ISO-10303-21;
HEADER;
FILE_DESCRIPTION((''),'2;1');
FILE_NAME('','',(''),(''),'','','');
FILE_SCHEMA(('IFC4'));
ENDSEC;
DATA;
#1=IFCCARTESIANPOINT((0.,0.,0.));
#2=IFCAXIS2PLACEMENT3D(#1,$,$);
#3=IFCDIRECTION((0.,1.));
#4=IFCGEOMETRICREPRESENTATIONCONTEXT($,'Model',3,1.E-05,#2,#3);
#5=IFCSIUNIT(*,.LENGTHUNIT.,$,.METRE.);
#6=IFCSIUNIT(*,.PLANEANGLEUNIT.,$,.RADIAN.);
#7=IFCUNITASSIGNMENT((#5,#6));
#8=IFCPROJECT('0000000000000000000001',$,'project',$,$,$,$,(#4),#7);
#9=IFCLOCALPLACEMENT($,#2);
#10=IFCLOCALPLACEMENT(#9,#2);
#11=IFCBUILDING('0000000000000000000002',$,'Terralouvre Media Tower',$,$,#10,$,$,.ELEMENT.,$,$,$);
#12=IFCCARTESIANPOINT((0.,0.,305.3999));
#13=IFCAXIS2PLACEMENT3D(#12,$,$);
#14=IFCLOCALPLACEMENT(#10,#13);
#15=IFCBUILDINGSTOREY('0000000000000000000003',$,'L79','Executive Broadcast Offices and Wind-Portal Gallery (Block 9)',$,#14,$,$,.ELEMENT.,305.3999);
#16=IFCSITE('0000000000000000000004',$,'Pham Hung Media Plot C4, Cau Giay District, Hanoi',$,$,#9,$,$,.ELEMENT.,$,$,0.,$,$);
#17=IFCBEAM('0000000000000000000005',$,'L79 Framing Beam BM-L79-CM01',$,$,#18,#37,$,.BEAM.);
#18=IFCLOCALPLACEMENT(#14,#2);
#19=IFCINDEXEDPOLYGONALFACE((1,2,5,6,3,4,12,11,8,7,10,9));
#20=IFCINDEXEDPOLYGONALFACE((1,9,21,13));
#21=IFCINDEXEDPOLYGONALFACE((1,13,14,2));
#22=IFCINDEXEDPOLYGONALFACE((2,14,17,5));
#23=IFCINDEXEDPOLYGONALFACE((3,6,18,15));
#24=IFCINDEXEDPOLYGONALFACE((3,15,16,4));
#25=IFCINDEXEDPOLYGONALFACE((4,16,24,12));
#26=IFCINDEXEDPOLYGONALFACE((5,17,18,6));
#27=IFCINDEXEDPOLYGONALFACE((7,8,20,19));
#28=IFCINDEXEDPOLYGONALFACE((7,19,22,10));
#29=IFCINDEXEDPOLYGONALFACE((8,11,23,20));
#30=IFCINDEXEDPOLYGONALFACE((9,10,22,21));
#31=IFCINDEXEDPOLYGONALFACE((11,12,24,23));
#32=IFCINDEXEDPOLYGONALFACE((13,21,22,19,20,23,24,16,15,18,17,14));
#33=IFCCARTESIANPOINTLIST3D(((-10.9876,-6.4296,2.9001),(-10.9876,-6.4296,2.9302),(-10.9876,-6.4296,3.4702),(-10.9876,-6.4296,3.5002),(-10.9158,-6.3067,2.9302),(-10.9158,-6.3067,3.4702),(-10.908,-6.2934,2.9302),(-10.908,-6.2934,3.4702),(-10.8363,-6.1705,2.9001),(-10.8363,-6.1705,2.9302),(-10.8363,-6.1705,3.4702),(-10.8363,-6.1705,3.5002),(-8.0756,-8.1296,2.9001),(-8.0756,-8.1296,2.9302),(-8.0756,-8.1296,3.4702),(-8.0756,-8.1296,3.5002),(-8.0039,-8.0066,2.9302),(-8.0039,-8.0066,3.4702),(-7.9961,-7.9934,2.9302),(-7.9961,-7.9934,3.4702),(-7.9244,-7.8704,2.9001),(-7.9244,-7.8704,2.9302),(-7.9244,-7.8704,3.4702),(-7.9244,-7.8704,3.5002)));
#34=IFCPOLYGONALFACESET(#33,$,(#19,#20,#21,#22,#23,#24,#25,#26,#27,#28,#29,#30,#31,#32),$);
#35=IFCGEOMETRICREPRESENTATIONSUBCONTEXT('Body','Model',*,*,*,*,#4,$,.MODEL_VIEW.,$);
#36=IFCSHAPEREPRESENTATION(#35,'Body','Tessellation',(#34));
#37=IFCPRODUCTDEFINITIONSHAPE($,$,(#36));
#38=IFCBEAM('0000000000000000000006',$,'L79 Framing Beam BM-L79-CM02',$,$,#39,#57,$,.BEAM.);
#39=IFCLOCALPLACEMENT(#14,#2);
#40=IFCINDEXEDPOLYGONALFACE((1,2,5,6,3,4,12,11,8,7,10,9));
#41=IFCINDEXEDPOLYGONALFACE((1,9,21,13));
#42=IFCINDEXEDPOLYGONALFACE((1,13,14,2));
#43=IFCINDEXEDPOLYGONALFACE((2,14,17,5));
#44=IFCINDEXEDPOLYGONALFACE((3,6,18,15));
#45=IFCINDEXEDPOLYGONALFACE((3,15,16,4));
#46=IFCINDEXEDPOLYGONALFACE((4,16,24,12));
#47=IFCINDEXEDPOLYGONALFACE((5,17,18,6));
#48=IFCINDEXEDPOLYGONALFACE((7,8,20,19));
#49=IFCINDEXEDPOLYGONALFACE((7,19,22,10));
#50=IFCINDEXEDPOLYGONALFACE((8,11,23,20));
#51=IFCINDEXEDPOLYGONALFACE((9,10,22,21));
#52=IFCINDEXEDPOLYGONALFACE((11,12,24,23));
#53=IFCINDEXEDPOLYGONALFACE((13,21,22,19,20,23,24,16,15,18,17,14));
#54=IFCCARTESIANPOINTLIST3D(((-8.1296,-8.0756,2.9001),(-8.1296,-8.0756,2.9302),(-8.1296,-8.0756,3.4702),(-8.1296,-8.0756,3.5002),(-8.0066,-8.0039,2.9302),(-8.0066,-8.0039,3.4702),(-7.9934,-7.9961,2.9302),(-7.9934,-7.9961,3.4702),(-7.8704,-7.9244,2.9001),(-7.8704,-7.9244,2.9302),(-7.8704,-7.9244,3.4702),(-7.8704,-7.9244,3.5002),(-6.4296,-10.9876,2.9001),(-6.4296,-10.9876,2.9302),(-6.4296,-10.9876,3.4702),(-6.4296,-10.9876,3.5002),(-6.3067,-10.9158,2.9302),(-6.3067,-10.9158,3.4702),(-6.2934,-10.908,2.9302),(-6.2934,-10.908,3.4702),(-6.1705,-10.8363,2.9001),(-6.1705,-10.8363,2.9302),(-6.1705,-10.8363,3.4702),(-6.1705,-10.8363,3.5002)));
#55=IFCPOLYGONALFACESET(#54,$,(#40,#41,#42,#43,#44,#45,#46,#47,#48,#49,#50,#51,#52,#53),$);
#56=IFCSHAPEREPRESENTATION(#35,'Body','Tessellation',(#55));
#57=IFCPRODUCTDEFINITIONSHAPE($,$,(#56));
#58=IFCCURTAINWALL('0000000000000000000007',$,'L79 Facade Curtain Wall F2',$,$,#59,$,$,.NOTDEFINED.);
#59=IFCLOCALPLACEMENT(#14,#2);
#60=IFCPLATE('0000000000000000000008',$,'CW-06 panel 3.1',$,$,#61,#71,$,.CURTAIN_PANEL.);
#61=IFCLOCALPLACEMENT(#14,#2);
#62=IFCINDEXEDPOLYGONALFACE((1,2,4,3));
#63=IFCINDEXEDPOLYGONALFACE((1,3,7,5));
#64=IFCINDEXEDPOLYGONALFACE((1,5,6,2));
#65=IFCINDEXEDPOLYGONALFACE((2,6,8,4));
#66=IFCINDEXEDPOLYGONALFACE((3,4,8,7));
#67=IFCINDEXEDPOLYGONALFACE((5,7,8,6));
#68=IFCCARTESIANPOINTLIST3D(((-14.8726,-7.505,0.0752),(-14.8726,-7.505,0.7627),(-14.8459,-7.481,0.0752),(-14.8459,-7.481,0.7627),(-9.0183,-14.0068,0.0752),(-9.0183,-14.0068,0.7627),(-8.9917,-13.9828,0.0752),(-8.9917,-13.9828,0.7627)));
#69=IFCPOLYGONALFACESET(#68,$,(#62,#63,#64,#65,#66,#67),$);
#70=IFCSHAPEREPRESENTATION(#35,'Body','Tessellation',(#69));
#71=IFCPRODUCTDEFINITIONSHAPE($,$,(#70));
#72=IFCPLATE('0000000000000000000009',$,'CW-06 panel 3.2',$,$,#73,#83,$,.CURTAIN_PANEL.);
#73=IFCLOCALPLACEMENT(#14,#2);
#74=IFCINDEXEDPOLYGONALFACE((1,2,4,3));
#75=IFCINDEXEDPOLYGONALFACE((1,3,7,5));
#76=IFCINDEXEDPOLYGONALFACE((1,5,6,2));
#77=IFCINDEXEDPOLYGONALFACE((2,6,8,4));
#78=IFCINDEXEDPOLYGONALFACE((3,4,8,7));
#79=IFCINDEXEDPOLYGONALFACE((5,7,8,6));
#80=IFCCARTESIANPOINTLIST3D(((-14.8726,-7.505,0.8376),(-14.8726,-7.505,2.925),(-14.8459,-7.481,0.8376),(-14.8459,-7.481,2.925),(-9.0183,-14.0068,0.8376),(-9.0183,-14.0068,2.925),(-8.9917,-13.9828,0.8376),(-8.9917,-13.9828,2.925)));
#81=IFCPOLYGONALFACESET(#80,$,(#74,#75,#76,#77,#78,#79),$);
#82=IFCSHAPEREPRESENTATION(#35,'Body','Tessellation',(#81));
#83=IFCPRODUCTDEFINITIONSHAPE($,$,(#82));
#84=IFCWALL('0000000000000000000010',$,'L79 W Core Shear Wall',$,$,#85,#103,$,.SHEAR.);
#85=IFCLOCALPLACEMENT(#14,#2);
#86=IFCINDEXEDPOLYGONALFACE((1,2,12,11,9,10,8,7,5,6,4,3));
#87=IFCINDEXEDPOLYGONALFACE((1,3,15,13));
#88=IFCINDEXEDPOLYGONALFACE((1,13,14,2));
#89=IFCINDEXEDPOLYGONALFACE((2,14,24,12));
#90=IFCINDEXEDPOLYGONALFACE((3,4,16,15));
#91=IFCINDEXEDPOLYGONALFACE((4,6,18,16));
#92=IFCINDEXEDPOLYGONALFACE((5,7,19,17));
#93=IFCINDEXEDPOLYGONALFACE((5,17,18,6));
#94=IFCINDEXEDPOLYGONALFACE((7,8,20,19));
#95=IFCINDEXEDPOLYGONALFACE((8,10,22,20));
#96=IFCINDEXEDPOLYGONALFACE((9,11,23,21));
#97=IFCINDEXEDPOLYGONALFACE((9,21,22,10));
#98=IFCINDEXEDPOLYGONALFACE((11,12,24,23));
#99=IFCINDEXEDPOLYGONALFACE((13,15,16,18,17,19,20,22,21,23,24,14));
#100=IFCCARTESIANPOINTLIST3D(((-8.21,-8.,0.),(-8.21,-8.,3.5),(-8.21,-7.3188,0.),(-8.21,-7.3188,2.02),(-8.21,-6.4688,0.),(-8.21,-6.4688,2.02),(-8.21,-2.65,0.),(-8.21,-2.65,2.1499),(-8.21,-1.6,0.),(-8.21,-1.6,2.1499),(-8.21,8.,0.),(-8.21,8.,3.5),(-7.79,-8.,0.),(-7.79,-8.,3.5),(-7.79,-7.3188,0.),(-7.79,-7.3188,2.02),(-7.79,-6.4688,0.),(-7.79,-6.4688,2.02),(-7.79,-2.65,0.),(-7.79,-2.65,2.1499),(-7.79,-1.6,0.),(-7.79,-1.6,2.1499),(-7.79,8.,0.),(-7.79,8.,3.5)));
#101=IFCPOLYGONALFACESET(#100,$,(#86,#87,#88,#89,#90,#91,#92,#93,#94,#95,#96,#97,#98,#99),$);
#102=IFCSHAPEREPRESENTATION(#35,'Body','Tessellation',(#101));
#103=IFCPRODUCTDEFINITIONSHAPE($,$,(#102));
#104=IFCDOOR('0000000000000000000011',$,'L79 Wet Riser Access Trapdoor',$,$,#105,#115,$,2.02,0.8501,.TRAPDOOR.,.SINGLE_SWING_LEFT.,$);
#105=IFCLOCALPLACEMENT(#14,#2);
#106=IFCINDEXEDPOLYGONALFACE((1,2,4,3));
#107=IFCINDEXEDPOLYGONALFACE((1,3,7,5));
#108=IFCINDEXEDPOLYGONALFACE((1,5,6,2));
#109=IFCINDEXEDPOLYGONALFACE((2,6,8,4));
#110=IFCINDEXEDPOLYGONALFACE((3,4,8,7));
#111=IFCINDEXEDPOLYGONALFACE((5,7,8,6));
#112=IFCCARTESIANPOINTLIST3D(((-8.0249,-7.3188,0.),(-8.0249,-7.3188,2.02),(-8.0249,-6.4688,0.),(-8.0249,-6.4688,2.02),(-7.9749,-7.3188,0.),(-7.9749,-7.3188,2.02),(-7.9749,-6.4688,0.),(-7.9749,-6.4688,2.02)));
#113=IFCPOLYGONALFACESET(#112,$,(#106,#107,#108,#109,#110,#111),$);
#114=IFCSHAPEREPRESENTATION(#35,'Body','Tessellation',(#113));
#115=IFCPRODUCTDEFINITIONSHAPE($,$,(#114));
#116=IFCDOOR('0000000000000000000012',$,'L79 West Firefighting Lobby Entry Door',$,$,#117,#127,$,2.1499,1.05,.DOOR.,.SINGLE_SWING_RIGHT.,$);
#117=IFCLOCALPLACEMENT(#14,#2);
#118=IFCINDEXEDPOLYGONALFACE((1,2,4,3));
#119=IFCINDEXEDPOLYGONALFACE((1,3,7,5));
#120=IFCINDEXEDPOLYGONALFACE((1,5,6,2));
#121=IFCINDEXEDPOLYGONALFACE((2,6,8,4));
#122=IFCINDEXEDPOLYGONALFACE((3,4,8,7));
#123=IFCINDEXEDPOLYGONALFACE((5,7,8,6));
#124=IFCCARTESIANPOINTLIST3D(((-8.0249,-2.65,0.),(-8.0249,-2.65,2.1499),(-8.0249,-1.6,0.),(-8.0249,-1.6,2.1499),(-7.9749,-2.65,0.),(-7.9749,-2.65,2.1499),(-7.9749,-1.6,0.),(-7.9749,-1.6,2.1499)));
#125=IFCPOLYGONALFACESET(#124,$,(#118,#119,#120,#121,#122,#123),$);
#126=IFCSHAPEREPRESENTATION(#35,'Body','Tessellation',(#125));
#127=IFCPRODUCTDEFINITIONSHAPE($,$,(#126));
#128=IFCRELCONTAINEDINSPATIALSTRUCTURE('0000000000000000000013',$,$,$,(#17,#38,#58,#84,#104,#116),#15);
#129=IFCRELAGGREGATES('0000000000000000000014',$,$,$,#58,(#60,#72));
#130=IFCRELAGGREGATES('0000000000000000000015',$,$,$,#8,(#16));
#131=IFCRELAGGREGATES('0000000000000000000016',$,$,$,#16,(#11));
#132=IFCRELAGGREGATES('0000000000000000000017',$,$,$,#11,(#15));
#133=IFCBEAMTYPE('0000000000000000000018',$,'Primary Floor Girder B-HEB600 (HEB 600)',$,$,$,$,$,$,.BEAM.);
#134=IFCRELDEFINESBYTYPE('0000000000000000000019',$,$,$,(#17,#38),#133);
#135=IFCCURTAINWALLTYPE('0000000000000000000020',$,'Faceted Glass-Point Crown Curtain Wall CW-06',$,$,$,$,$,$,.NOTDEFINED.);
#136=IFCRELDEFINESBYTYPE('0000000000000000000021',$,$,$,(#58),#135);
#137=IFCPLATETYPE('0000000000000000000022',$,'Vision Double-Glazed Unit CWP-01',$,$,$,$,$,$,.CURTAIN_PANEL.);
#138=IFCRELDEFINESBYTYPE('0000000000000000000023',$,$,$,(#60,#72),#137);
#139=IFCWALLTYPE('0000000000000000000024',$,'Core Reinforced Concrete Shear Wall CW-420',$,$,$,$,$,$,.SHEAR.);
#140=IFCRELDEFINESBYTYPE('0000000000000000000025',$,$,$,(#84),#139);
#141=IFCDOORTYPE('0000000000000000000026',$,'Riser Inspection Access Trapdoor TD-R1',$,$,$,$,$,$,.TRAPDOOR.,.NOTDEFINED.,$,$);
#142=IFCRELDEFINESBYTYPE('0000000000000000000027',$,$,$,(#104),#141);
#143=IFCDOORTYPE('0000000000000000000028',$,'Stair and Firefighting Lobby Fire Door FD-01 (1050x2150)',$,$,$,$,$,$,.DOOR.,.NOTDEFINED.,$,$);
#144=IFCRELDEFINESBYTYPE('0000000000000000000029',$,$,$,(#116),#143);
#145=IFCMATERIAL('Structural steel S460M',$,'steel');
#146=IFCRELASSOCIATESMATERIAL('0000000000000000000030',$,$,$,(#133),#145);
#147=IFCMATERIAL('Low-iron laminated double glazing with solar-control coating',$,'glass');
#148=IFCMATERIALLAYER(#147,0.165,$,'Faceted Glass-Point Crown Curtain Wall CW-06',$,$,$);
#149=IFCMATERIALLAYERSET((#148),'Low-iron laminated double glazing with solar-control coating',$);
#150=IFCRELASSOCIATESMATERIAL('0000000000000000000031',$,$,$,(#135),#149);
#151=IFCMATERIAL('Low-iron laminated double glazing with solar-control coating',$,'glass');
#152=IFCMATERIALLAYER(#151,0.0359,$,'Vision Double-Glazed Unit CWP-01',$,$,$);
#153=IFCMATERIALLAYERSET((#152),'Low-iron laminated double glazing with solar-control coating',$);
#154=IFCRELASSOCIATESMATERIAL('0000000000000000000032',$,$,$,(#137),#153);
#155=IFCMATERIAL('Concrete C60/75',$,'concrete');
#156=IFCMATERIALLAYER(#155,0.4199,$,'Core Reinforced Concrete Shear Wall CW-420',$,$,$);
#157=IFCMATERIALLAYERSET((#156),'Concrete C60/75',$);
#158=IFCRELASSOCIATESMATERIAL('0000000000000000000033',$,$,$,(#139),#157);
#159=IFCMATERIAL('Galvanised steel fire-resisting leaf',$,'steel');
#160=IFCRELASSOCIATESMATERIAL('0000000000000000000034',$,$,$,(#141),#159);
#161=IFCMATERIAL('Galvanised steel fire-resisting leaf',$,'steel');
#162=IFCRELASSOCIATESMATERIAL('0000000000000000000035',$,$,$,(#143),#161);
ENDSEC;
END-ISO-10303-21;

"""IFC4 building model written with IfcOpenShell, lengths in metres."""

from ifc_helpers import new_model, si_unit, direction, frame, frame_2d, origin, origin_2d, place, context, subcontext, project, spatial, rectangle, i_section, extrude, material, layer, layer_set, material_profile, profile_set, type_object, element, fill, aggregate, save


model = new_model("IFC4")

# Units and contexts
model_context = context("Model", 3, precision=1e-05, world=origin(), true_north=direction((0.0, 1.0)))
body_context = subcontext(model_context, "Body", "Model", "MODEL_VIEW")
ifc_project = project(units=[si_unit("LENGTHUNIT", "METRE"), si_unit("PLANEANGLEUNIT", "RADIAN")], contexts=[model_context])

# Site, building, storey
site_placement = place(None, origin())
site = spatial("IfcSite", under=ifc_project, at=site_placement, Name="Pham Hung Media Plot C4, Cau Giay District, Hanoi", CompositionType="ELEMENT", RefElevation=0.0)
building_placement = place(site_placement, origin())
building = spatial("IfcBuilding", under=site, at=building_placement, Name="Terralouvre Media Tower", CompositionType="ELEMENT")
storey_placement = place(building_placement, frame((0.0, 0.0, 305.3999)))
storey = spatial("IfcBuildingStorey", under=building, at=storey_placement, Name="L79", Description="Executive Broadcast Offices and Wind-Portal Gallery (Block 9)", CompositionType="ELEMENT", Elevation=305.3999)

# Beams
ifc_material_1 = material(Name="Structural steel S460M", Category="steel")
ifc_material_profile_1 = material_profile(ifc_material_1, i_section(OverallWidth=0.3, OverallDepth=0.6001, WebThickness=0.0154, FlangeThickness=0.03, at=origin_2d()), Name="HEB 600")
ifc_profile_set_1 = profile_set([ifc_material_profile_1], Name="Structural steel S460M")
beam_type_1 = type_object("IfcBeamType", Name="Primary Floor Girder B-HEB600 (HEB 600)", PredefinedType="BEAM", material=ifc_profile_set_1)
for number, where, z_axis, x_axis, name in (
    (1, (-8.0, -8.0, 3.2002), (-0.863603, 0.504173, 0.0), (-0.504173, -0.863603, 0.0), "L79 Framing Beam BM-L79-CM01"),
    (2, (-8.0, -8.0, 3.2002), (0.504173, -0.863603, 0.0), (0.863603, 0.504173, 0.0), "L79 Framing Beam BM-L79-CM02"),
):
    element("IfcBeam", number, at=place(storey_placement, frame(where, z_axis=z_axis, x_axis=x_axis)), inside=storey, type_object=beam_type_1, Name=name, PredefinedType="BEAM", context=body_context, shape_type="SweptSolid", body=[
        extrude(i_section(OverallWidth=0.3, OverallDepth=0.6001, WebThickness=0.0154, FlangeThickness=0.03, at=origin_2d()), origin(), (0.0, 0.0, 1.0), 3.3718),
    ])

# Curtain wall, plates
ifc_material_2 = material(Name="Low-iron laminated double glazing with solar-control coating", Category="glass")
ifc_layer_1 = layer(ifc_material_2, 0.165, Name="Faceted Glass-Point Crown Curtain Wall CW-06")
ifc_layer_set_1 = layer_set([ifc_layer_1], Name="Low-iron laminated double glazing with solar-control coating")
curtain_wall_type = type_object("IfcCurtainWallType", Name="Faceted Glass-Point Crown Curtain Wall CW-06", PredefinedType="NOTDEFINED", material=ifc_layer_set_1)
curtain_wall_placement = place(storey_placement, origin())
curtain_wall = element("IfcCurtainWall", 3, at=curtain_wall_placement, inside=storey, type_object=curtain_wall_type, Name="L79 Facade Curtain Wall F2", PredefinedType="NOTDEFINED")
ifc_material_3 = material(Name="Low-iron laminated double glazing with solar-control coating", Category="glass")
ifc_layer_2 = layer(ifc_material_3, 0.0359, Name="Vision Double-Glazed Unit CWP-01")
ifc_layer_set_2 = layer_set([ifc_layer_2], Name="Low-iron laminated double glazing with solar-control coating")
plate_type = type_object("IfcPlateType", Name="Vision Double-Glazed Unit CWP-01", PredefinedType="CURTAIN_PANEL", material=ifc_layer_set_2)
plate_1_placement = place(storey_placement, frame((-11.9321, -10.7439, 0.0752), z_axis=(0.0, 0.0, 1.0), x_axis=(0.669131, -0.743145, 0.0)))
plate_1 = element("IfcPlate", 4, at=plate_1_placement, type_object=plate_type, Name="CW-06 panel 3.1", PredefinedType="CURTAIN_PANEL", context=body_context, shape_type="SweptSolid", body=[
    extrude(rectangle(XDim=8.749, YDim=0.0359, at=origin_2d()), origin(), (0.0, 0.0, 1.0), 0.6875),
])
plate_2_placement = place(storey_placement, frame((-11.9321, -10.7439, 0.8376), z_axis=(0.0, 0.0, 1.0), x_axis=(0.669131, -0.743145, 0.0)))
plate_2 = element("IfcPlate", 5, at=plate_2_placement, type_object=plate_type, Name="CW-06 panel 3.2", PredefinedType="CURTAIN_PANEL", context=body_context, shape_type="SweptSolid", body=[
    extrude(rectangle(XDim=8.749, YDim=0.0359, at=origin_2d()), origin(), (0.0, 0.0, 1.0), 2.0874),
])
aggregate(curtain_wall, [plate_1, plate_2])

# Wall, openings, doors
ifc_material_4 = material(Name="Concrete C60/75", Category="concrete")
ifc_layer_3 = layer(ifc_material_4, 0.4199, Name="Core Reinforced Concrete Shear Wall CW-420")
ifc_layer_set_3 = layer_set([ifc_layer_3], Name="Concrete C60/75")
wall_type_1 = type_object("IfcWallType", Name="Core Reinforced Concrete Shear Wall CW-420", PredefinedType="SHEAR", material=ifc_layer_set_3)
wall_1_placement = place(storey_placement, frame((-8.0, -8.0, 0.0), z_axis=(0.0, 0.0, 1.0), x_axis=(0.0, 1.0, 0.0)))
wall_1 = element("IfcWall", 6, at=wall_1_placement, inside=storey, type_object=wall_type_1, Name="L79 W Core Shear Wall", PredefinedType="SHEAR", context=body_context, shape_type="SweptSolid", body=[
    extrude(rectangle(XDim=16.0, YDim=0.4199, at=frame_2d((8.0, 0.0))), origin(), (0.0, 0.0, 1.0), 3.5),
])
opening_1_placement = place(wall_1_placement, frame((0.6812, 0.0, 0.0)))
opening_1 = element("IfcOpeningElement", 7, at=opening_1_placement, cuts=wall_1, PredefinedType="OPENING", context=body_context, shape_type="SweptSolid", body=[
    extrude(rectangle(XDim=0.8501, YDim=2.02, at=frame_2d((0.425, 1.01))), frame((0.0, 0.22, 0.0), z_axis=(0.0, -1.0, 0.0), x_axis=(1.0, 0.0, 0.0)), (0.0, 0.0, 1.0), 0.4399),
])
opening_2_placement = place(wall_1_placement, frame((5.3501, 0.0, 0.0)))
opening_2 = element("IfcOpeningElement", 8, at=opening_2_placement, cuts=wall_1, PredefinedType="OPENING", context=body_context, shape_type="SweptSolid", body=[
    extrude(rectangle(XDim=1.05, YDim=2.1499, at=frame_2d((0.5249, 1.075))), frame((0.0, 0.22, 0.0), z_axis=(0.0, -1.0, 0.0), x_axis=(1.0, 0.0, 0.0)), (0.0, 0.0, 1.0), 0.4399),
])
ifc_material_5 = material(Name="Galvanised steel fire-resisting leaf", Category="steel")
door_type_1 = type_object("IfcDoorType", Name="Riser Inspection Access Trapdoor TD-R1", OperationType="NOTDEFINED", PredefinedType="TRAPDOOR", material=ifc_material_5)
door_1_placement = place(opening_1_placement, origin())
door_1 = element("IfcDoor", 9, at=door_1_placement, inside=storey, type_object=door_type_1, Name="L79 Wet Riser Access Trapdoor", OperationType="SINGLE_SWING_LEFT", OverallHeight=2.02, OverallWidth=0.8501, PredefinedType="TRAPDOOR", context=body_context, shape_type="SweptSolid", body=[
    extrude(rectangle(XDim=0.8501, YDim=2.02, at=frame_2d((0.425, 1.01))), frame((0.0, 0.0249, 0.0), z_axis=(0.0, -1.0, 0.0), x_axis=(1.0, 0.0, 0.0)), (0.0, 0.0, 1.0), 0.05),
])
fill(opening_1, door_1)
ifc_material_6 = material(Name="Galvanised steel fire-resisting leaf", Category="steel")
door_type_2 = type_object("IfcDoorType", Name="Stair and Firefighting Lobby Fire Door FD-01 (1050x2150)", OperationType="NOTDEFINED", PredefinedType="DOOR", material=ifc_material_6)
door_2_placement = place(opening_2_placement, origin())
door_2 = element("IfcDoor", 10, at=door_2_placement, inside=storey, type_object=door_type_2, Name="L79 West Firefighting Lobby Entry Door", OperationType="SINGLE_SWING_RIGHT", OverallHeight=2.1499, OverallWidth=1.05, PredefinedType="DOOR", context=body_context, shape_type="SweptSolid", body=[
    extrude(rectangle(XDim=1.05, YDim=2.1499, at=frame_2d((0.5249, 1.075))), frame((0.0, 0.0249, 0.0), z_axis=(0.0, -1.0, 0.0), x_axis=(1.0, 0.0, 0.0)), (0.0, 0.0, 1.0), 0.05),
])
fill(opening_2, door_2)

save(model, "model.ifc")
